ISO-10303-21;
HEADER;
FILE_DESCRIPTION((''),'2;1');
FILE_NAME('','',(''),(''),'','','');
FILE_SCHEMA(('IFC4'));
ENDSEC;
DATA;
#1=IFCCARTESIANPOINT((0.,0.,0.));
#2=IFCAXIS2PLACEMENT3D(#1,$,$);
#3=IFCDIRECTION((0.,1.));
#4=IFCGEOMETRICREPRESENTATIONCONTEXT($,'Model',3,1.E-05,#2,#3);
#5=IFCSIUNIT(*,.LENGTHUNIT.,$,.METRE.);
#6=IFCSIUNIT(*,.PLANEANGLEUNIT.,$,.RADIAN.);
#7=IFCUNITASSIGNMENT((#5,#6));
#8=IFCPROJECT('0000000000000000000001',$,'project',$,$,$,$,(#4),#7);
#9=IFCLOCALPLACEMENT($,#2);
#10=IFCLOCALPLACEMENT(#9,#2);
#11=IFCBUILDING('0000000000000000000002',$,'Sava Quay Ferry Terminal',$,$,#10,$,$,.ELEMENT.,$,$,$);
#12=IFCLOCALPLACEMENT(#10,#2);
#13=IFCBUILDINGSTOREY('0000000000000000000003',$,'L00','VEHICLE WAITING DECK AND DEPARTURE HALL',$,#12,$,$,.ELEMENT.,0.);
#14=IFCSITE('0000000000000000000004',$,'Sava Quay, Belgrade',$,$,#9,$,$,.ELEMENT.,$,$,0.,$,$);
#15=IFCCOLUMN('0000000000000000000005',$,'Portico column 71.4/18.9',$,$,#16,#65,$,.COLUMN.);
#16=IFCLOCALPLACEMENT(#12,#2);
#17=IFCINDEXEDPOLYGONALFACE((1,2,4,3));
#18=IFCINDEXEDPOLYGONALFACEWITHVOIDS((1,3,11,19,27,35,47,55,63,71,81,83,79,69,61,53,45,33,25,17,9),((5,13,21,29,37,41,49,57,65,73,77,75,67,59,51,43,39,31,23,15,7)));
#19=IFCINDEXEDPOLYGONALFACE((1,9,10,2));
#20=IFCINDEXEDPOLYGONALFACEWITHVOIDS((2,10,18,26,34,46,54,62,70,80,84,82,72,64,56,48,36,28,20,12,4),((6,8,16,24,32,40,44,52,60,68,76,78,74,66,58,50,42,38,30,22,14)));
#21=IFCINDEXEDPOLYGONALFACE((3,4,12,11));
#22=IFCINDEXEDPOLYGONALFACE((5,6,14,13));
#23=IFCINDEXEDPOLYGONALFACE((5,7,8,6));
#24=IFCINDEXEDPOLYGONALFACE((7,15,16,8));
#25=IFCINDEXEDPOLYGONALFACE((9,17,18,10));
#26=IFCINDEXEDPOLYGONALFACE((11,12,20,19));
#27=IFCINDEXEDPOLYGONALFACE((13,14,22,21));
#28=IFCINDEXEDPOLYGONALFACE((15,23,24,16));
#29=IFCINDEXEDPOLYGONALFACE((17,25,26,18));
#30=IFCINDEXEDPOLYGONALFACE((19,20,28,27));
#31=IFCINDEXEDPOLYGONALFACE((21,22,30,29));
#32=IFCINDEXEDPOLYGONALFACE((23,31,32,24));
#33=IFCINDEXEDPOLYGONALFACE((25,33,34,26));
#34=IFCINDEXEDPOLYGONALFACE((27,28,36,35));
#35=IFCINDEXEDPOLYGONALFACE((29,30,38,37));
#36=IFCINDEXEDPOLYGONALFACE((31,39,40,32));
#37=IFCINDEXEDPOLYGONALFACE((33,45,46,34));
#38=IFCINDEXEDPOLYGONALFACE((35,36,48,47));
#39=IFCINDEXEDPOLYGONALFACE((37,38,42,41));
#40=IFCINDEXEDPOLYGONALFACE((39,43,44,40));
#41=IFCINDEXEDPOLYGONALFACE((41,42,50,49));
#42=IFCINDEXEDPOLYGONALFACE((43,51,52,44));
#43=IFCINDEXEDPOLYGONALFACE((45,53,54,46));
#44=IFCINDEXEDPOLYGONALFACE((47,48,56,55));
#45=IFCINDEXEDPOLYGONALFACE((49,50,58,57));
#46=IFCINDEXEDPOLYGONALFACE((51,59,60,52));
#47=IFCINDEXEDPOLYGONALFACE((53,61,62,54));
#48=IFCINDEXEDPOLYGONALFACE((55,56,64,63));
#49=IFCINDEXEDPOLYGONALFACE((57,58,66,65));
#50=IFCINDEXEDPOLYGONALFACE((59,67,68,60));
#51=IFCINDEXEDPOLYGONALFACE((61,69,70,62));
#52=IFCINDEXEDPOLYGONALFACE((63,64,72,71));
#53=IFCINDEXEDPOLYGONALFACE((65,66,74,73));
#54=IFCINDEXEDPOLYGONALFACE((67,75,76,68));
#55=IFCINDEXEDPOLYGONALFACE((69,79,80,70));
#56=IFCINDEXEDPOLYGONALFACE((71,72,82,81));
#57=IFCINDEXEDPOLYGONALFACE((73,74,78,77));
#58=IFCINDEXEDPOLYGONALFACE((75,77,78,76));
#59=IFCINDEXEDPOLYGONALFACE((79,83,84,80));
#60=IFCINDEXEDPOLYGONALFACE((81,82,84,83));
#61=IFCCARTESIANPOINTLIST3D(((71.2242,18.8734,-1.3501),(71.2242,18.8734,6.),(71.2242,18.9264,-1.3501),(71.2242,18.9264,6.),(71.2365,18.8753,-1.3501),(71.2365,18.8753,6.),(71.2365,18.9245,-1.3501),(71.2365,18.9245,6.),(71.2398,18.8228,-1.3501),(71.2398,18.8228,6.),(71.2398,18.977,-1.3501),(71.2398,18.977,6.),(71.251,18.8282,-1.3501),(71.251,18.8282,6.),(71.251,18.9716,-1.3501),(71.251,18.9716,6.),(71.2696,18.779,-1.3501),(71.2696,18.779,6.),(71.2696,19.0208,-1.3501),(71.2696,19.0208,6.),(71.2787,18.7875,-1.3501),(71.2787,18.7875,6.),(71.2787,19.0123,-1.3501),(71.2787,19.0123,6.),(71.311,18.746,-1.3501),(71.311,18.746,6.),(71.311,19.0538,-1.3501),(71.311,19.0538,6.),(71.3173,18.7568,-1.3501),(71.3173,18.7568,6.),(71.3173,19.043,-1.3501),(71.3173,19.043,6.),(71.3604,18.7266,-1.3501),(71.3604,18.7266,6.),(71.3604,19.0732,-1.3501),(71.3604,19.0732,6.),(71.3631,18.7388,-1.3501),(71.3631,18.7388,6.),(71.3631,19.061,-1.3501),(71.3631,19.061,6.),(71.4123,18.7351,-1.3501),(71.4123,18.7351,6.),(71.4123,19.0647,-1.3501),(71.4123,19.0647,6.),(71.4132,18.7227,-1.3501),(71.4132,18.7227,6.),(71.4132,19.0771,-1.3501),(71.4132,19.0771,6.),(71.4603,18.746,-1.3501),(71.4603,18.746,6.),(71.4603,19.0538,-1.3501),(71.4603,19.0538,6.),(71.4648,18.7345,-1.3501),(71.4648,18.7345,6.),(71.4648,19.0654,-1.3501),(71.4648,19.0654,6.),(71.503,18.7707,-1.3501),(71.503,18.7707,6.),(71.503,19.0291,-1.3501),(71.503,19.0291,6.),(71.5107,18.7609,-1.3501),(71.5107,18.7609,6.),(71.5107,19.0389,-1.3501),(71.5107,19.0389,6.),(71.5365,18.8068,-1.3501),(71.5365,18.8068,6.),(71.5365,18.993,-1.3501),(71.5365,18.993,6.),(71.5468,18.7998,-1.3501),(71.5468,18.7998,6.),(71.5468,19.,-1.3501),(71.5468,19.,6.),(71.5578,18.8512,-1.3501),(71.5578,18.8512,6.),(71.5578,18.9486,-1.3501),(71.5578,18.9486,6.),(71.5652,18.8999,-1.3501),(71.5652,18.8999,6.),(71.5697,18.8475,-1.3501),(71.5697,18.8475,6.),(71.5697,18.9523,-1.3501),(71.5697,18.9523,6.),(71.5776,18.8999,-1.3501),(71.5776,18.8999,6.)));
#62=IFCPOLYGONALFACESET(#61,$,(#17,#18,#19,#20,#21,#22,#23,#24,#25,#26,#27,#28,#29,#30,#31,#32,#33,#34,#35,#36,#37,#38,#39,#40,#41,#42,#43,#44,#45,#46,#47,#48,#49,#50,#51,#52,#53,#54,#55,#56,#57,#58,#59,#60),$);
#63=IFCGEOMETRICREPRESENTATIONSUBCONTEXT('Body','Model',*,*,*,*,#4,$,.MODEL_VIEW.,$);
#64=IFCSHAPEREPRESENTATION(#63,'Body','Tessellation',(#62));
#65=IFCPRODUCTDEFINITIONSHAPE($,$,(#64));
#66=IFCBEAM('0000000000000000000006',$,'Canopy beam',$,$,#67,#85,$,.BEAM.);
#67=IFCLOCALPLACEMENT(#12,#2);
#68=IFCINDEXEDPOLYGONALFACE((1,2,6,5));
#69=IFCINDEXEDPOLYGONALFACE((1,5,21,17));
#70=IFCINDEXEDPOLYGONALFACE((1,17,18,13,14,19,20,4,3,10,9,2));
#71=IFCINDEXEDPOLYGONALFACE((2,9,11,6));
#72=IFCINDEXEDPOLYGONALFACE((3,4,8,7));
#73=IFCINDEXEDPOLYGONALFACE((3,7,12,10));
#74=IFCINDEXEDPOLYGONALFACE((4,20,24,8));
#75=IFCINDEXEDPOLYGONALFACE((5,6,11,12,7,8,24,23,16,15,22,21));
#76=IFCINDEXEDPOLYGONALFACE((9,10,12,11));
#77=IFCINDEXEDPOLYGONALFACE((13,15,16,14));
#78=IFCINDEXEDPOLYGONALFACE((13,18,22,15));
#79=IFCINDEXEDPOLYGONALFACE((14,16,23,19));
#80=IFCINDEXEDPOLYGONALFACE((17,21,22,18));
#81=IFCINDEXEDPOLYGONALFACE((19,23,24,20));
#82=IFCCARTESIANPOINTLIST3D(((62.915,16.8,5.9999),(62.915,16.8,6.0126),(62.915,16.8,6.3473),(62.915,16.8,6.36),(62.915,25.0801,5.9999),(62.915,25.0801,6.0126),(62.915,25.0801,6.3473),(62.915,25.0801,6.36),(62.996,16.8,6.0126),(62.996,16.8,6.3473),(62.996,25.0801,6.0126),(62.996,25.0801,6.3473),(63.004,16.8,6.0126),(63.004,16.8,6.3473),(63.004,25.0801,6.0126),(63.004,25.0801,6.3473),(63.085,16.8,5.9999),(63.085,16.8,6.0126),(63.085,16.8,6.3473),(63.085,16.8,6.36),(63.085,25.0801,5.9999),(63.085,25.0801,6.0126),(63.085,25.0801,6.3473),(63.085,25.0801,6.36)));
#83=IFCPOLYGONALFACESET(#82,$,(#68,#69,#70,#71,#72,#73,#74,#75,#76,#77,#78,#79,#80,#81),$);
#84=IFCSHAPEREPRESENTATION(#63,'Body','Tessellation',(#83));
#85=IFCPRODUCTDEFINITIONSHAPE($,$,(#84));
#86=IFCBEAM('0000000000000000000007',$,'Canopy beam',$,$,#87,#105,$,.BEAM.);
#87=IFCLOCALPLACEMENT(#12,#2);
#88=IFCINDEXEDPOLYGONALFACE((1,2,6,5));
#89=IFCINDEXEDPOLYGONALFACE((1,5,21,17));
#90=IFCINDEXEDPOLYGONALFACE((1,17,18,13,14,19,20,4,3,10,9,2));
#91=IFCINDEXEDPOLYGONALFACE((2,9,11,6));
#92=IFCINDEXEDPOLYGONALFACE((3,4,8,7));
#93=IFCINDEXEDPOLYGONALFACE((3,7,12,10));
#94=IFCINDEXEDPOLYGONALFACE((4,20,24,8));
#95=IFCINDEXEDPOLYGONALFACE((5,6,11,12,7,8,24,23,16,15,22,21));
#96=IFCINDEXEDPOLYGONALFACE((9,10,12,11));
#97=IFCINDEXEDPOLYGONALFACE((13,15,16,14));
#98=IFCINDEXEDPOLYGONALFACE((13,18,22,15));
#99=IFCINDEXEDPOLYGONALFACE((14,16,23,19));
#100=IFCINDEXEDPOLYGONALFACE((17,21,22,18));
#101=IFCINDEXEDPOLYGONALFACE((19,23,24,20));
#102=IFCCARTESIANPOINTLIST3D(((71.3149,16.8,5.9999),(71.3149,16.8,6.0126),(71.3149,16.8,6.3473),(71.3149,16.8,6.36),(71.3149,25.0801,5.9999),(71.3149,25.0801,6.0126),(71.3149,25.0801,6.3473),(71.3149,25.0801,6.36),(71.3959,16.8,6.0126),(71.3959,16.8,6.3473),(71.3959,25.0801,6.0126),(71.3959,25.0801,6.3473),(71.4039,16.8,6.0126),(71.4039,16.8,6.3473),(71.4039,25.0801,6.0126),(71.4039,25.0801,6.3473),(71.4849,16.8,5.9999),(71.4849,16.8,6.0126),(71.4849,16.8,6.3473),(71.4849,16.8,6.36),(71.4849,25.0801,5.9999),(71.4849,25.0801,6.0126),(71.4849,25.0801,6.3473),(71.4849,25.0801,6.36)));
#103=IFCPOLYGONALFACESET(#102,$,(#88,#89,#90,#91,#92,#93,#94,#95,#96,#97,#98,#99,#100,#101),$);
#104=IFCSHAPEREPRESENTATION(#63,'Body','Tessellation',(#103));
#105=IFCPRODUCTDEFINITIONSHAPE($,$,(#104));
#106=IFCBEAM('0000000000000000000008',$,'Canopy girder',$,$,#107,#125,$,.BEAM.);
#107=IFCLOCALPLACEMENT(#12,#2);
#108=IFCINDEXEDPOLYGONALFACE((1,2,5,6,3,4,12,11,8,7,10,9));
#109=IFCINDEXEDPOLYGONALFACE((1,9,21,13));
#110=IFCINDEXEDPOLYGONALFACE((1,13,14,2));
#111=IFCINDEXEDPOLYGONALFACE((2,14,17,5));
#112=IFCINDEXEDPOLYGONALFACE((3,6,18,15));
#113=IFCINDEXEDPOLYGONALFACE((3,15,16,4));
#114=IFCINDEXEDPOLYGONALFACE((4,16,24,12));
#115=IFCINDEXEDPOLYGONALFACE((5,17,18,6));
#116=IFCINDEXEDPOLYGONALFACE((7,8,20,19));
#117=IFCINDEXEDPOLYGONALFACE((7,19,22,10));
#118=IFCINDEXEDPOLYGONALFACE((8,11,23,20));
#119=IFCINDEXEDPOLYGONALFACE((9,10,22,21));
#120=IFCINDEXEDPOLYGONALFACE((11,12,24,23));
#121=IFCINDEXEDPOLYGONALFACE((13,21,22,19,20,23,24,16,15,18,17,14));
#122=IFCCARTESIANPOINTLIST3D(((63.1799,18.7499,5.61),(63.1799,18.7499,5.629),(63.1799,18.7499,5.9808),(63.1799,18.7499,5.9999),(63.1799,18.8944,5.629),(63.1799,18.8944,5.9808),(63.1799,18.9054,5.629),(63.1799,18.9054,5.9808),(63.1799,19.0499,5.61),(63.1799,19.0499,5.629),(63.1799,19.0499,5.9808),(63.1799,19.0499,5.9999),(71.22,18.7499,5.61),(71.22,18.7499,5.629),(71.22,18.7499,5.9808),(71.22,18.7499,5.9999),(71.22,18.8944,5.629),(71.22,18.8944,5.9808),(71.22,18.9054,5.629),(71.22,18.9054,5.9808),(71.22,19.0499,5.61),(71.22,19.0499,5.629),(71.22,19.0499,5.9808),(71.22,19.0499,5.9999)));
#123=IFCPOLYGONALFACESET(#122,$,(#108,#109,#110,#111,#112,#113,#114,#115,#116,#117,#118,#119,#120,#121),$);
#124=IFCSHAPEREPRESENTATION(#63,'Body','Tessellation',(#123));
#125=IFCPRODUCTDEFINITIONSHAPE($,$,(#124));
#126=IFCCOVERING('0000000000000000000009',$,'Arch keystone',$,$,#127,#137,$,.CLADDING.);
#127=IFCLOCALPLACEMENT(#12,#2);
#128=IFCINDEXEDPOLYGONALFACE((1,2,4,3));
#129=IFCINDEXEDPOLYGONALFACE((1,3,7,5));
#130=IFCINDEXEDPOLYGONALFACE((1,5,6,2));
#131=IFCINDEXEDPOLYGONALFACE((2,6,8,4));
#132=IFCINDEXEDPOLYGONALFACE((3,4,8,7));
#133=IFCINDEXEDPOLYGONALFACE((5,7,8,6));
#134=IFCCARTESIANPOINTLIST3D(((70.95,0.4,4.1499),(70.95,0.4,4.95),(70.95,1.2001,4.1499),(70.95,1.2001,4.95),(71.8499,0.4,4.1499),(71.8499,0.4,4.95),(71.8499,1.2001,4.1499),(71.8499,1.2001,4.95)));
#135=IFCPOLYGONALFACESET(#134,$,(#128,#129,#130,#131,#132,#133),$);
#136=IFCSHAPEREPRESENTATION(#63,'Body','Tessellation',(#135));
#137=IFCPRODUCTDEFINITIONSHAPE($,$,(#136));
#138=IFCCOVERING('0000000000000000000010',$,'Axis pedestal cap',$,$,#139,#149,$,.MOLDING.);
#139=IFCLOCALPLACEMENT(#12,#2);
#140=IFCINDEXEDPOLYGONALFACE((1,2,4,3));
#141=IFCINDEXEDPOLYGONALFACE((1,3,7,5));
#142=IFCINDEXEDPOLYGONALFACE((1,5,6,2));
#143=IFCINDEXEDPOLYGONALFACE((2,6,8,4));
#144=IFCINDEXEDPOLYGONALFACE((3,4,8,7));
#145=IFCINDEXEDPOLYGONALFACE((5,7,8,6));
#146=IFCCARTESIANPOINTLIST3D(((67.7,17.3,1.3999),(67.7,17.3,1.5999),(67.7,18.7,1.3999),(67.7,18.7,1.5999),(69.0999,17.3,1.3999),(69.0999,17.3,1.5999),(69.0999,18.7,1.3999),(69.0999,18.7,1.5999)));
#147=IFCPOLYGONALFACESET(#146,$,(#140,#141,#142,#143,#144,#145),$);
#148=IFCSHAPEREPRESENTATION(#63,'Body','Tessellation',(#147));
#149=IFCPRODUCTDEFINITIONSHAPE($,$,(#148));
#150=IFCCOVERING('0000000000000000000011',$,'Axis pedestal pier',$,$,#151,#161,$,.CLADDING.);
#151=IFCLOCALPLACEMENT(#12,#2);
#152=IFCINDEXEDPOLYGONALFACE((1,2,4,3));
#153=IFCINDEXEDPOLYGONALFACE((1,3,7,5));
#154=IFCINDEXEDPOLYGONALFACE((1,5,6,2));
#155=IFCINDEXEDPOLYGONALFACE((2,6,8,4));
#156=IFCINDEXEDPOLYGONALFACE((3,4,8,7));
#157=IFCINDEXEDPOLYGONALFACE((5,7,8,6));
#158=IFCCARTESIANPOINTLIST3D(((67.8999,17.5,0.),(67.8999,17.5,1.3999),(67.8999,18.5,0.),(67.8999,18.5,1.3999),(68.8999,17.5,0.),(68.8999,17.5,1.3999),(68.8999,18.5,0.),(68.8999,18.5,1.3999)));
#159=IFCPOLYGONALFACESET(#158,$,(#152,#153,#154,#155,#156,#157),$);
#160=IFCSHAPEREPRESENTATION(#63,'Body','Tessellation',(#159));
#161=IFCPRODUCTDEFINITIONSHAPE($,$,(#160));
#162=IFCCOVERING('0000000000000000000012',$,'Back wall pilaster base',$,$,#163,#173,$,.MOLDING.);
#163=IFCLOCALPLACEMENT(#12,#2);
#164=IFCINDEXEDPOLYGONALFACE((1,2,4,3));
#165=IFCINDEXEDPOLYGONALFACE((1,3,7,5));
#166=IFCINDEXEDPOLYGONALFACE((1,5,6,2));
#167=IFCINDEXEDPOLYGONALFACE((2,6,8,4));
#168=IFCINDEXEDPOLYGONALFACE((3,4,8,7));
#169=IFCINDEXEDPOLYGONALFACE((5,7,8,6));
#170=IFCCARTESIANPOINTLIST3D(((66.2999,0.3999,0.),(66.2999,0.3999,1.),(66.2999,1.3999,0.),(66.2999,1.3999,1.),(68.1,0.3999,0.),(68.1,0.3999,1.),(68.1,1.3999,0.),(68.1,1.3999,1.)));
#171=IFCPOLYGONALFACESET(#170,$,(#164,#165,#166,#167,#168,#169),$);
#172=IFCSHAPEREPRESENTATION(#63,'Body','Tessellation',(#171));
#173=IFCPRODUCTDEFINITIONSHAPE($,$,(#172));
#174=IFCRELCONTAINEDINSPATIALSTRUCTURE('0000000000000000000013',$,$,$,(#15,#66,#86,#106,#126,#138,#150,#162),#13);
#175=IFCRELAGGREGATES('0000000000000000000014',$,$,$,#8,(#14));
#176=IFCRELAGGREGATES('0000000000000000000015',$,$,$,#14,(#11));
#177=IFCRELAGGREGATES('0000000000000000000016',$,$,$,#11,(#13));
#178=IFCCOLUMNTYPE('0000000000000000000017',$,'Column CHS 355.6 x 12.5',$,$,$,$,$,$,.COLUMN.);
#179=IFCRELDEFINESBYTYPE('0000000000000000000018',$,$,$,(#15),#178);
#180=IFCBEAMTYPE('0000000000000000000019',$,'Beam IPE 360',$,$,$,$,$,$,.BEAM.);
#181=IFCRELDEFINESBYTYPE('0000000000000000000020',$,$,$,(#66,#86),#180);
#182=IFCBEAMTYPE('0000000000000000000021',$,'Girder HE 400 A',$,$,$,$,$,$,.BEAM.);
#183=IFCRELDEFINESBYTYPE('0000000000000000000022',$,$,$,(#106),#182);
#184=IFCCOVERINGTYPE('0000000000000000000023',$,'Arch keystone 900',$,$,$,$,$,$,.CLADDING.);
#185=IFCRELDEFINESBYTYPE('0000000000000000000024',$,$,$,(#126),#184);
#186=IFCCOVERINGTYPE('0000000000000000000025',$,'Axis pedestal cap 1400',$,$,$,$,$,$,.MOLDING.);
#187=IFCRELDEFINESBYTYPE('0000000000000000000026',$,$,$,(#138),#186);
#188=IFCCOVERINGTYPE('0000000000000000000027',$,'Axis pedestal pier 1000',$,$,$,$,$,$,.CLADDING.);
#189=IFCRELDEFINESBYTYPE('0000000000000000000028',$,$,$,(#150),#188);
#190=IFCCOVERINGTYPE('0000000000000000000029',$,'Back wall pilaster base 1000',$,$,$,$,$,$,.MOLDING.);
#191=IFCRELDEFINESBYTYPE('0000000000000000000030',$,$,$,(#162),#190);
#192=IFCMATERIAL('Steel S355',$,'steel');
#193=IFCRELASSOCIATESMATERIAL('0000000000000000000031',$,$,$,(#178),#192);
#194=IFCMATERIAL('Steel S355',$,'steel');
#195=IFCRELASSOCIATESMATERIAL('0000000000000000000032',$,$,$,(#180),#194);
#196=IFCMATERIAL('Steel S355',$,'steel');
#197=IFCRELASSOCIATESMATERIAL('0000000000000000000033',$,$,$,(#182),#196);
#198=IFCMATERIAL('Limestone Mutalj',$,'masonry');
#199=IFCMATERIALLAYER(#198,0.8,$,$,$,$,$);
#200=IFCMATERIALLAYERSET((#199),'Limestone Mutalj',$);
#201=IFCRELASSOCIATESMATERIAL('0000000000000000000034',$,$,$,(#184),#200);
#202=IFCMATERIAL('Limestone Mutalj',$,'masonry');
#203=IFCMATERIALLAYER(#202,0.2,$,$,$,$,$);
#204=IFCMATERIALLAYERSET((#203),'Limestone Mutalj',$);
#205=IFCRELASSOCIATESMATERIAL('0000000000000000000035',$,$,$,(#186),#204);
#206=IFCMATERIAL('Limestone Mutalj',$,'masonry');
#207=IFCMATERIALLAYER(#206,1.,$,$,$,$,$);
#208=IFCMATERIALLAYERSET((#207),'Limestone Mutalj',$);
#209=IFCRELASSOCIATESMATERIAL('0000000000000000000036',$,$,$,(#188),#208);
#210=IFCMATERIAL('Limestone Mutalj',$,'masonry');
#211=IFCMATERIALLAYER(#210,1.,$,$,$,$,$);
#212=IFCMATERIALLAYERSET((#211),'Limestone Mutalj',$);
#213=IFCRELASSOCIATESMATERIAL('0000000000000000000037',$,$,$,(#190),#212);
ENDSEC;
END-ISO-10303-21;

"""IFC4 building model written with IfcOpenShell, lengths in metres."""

from ifc_helpers import new_model, si_unit, direction, frame, origin, origin_2d, place, context, subcontext, project, spatial, rectangle, hollow_circle, i_section, extrude, material, layer, layer_set, material_profile, profile_set, type_object, element, save


model = new_model("IFC4")

# Units and contexts
model_context = context("Model", 3, precision=1e-05, world=origin(), true_north=direction((0.0, 1.0)))
body_context = subcontext(model_context, "Body", "Model", "MODEL_VIEW")
ifc_project = project(units=[si_unit("LENGTHUNIT", "METRE"), si_unit("PLANEANGLEUNIT", "RADIAN")], contexts=[model_context])

# Site, building, storey
site_placement = place(None, origin())
site = spatial("IfcSite", under=ifc_project, at=site_placement, Name="Sava Quay, Belgrade", CompositionType="ELEMENT", RefElevation=0.0)
building_placement = place(site_placement, origin())
building = spatial("IfcBuilding", under=site, at=building_placement, Name="Sava Quay Ferry Terminal", CompositionType="ELEMENT")
storey_placement = place(building_placement, origin())
storey = spatial("IfcBuildingStorey", under=building, at=storey_placement, Name="L00", Description="VEHICLE WAITING DECK AND DEPARTURE HALL", CompositionType="ELEMENT", Elevation=0.0)

# Column
ifc_material_1 = material(Name="Steel S355", Category="steel")
ifc_material_profile_1 = material_profile(ifc_material_1, hollow_circle(Radius=0.1777, WallThickness=0.0125, at=origin_2d()), Name="CHS 355.6 x 12.5")
ifc_profile_set_1 = profile_set([ifc_material_profile_1], Name="Steel S355")
column_type = type_object("IfcColumnType", Name="Column CHS 355.6 x 12.5", PredefinedType="COLUMN", material=ifc_profile_set_1)
for number, where, z_axis, x_axis, name in (
    (1, (71.3999, 18.8999, -1.3501), (0.0, 0.0, 1.0), (1.0, 0.0, 0.0), "Portico column 71.4/18.9"),
):
    element("IfcColumn", number, at=place(storey_placement, frame(where, z_axis=z_axis, x_axis=x_axis)), inside=storey, type_object=column_type, Name=name, PredefinedType="COLUMN", context=body_context, shape_type="SweptSolid", body=[
        extrude(hollow_circle(Radius=0.1777, WallThickness=0.0125, at=origin_2d()), origin(), (0.0, 0.0, 1.0), 7.3501),
    ])

# Beams
ifc_material_2 = material(Name="Steel S355", Category="steel")
ifc_material_profile_2 = material_profile(ifc_material_2, i_section(OverallWidth=0.1699, OverallDepth=0.3601, WebThickness=0.0081, FlangeThickness=0.0127, at=origin_2d()), Name="IPE 360")
ifc_profile_set_2 = profile_set([ifc_material_profile_2], Name="Steel S355")
beam_type_1 = type_object("IfcBeamType", Name="Beam IPE 360", PredefinedType="BEAM", material=ifc_profile_set_2)
for number, where, z_axis, x_axis, name in (
    (2, (63.0, 16.8, 6.1799), (0.0, 1.0, 0.0), (-1.0, 0.0, 0.0), "Canopy beam"),
    (3, (71.3999, 16.8, 6.1799), (0.0, 1.0, 0.0), (-1.0, 0.0, 0.0), "Canopy beam"),
):
    element("IfcBeam", number, at=place(storey_placement, frame(where, z_axis=z_axis, x_axis=x_axis)), inside=storey, type_object=beam_type_1, Name=name, PredefinedType="BEAM", context=body_context, shape_type="SweptSolid", body=[
        extrude(i_section(OverallWidth=0.1699, OverallDepth=0.3601, WebThickness=0.0081, FlangeThickness=0.0127, at=origin_2d()), origin(), (0.0, 0.0, 1.0), 8.28),
    ])
ifc_material_3 = material(Name="Steel S355", Category="steel")
ifc_material_profile_3 = material_profile(ifc_material_3, i_section(OverallWidth=0.3, OverallDepth=0.3899, WebThickness=0.011, FlangeThickness=0.019, at=origin_2d()), Name="HE 400 A")
ifc_profile_set_3 = profile_set([ifc_material_profile_3], Name="Steel S355")
beam_type_2 = type_object("IfcBeamType", Name="Girder HE 400 A", PredefinedType="BEAM", material=ifc_profile_set_3)
beam_placement = place(storey_placement, frame((63.1799, 18.8999, 5.8049), z_axis=(1.0, 0.0, 0.0), x_axis=(0.0, 1.0, 0.0)))
element("IfcBeam", 4, at=beam_placement, inside=storey, type_object=beam_type_2, Name="Canopy girder", PredefinedType="BEAM", context=body_context, shape_type="SweptSolid", body=[
    extrude(i_section(OverallWidth=0.3, OverallDepth=0.3899, WebThickness=0.011, FlangeThickness=0.019, at=origin_2d()), origin(), (0.0, 0.0, 1.0), 8.04),
])

# Coverings
ifc_material_4 = material(Name="Limestone Mutalj", Category="masonry")
ifc_layer_1 = layer(ifc_material_4, 0.8)
ifc_layer_set_1 = layer_set([ifc_layer_1], Name="Limestone Mutalj")
covering_type_1 = type_object("IfcCoveringType", Name="Arch keystone 900", PredefinedType="CLADDING", material=ifc_layer_set_1)
covering_1_placement = place(storey_placement, frame((71.3999, 0.8, 4.1499), z_axis=(0.0, 0.0, 1.0), x_axis=(1.0, 0.0, 0.0)))
element("IfcCovering", 5, at=covering_1_placement, inside=storey, type_object=covering_type_1, Name="Arch keystone", PredefinedType="CLADDING", context=body_context, shape_type="SweptSolid", body=[
    extrude(rectangle(XDim=0.8999, YDim=0.8, at=origin_2d()), origin(), (0.0, 0.0, 1.0), 0.8),
])
ifc_material_5 = material(Name="Limestone Mutalj", Category="masonry")
ifc_layer_2 = layer(ifc_material_5, 0.2)
ifc_layer_set_2 = layer_set([ifc_layer_2], Name="Limestone Mutalj")
covering_type_2 = type_object("IfcCoveringType", Name="Axis pedestal cap 1400", PredefinedType="MOLDING", material=ifc_layer_set_2)
covering_2_placement = place(storey_placement, frame((68.3999, 18.0, 1.3999), z_axis=(0.0, 0.0, 1.0), x_axis=(1.0, 0.0, 0.0)))
element("IfcCovering", 6, at=covering_2_placement, inside=storey, type_object=covering_type_2, Name="Axis pedestal cap", PredefinedType="MOLDING", context=body_context, shape_type="SweptSolid", body=[
    extrude(rectangle(XDim=1.3999, YDim=1.3999, at=origin_2d()), origin(), (0.0, 0.0, 1.0), 0.2),
])
ifc_material_6 = material(Name="Limestone Mutalj", Category="masonry")
ifc_layer_3 = layer(ifc_material_6, 1.0)
ifc_layer_set_3 = layer_set([ifc_layer_3], Name="Limestone Mutalj")
covering_type_3 = type_object("IfcCoveringType", Name="Axis pedestal pier 1000", PredefinedType="CLADDING", material=ifc_layer_set_3)
covering_3_placement = place(storey_placement, frame((68.3999, 18.0, 0.0), z_axis=(0.0, 0.0, 1.0), x_axis=(1.0, 0.0, 0.0)))
element("IfcCovering", 7, at=covering_3_placement, inside=storey, type_object=covering_type_3, Name="Axis pedestal pier", PredefinedType="CLADDING", context=body_context, shape_type="SweptSolid", body=[
    extrude(rectangle(XDim=1.0, YDim=1.0, at=origin_2d()), origin(), (0.0, 0.0, 1.0), 1.3999),
])
ifc_material_7 = material(Name="Limestone Mutalj", Category="masonry")
ifc_layer_4 = layer(ifc_material_7, 1.0)
ifc_layer_set_4 = layer_set([ifc_layer_4], Name="Limestone Mutalj")
covering_type_4 = type_object("IfcCoveringType", Name="Back wall pilaster base 1000", PredefinedType="MOLDING", material=ifc_layer_set_4)
covering_4_placement = place(storey_placement, frame((67.2, 0.8999, 0.0), z_axis=(0.0, 0.0, 1.0), x_axis=(1.0, 0.0, 0.0)))
element("IfcCovering", 8, at=covering_4_placement, inside=storey, type_object=covering_type_4, Name="Back wall pilaster base", PredefinedType="MOLDING", context=body_context, shape_type="SweptSolid", body=[
    extrude(rectangle(XDim=1.8, YDim=1.0, at=origin_2d()), origin(), (0.0, 0.0, 1.0), 1.0),
])

save(model, "model.ifc")
